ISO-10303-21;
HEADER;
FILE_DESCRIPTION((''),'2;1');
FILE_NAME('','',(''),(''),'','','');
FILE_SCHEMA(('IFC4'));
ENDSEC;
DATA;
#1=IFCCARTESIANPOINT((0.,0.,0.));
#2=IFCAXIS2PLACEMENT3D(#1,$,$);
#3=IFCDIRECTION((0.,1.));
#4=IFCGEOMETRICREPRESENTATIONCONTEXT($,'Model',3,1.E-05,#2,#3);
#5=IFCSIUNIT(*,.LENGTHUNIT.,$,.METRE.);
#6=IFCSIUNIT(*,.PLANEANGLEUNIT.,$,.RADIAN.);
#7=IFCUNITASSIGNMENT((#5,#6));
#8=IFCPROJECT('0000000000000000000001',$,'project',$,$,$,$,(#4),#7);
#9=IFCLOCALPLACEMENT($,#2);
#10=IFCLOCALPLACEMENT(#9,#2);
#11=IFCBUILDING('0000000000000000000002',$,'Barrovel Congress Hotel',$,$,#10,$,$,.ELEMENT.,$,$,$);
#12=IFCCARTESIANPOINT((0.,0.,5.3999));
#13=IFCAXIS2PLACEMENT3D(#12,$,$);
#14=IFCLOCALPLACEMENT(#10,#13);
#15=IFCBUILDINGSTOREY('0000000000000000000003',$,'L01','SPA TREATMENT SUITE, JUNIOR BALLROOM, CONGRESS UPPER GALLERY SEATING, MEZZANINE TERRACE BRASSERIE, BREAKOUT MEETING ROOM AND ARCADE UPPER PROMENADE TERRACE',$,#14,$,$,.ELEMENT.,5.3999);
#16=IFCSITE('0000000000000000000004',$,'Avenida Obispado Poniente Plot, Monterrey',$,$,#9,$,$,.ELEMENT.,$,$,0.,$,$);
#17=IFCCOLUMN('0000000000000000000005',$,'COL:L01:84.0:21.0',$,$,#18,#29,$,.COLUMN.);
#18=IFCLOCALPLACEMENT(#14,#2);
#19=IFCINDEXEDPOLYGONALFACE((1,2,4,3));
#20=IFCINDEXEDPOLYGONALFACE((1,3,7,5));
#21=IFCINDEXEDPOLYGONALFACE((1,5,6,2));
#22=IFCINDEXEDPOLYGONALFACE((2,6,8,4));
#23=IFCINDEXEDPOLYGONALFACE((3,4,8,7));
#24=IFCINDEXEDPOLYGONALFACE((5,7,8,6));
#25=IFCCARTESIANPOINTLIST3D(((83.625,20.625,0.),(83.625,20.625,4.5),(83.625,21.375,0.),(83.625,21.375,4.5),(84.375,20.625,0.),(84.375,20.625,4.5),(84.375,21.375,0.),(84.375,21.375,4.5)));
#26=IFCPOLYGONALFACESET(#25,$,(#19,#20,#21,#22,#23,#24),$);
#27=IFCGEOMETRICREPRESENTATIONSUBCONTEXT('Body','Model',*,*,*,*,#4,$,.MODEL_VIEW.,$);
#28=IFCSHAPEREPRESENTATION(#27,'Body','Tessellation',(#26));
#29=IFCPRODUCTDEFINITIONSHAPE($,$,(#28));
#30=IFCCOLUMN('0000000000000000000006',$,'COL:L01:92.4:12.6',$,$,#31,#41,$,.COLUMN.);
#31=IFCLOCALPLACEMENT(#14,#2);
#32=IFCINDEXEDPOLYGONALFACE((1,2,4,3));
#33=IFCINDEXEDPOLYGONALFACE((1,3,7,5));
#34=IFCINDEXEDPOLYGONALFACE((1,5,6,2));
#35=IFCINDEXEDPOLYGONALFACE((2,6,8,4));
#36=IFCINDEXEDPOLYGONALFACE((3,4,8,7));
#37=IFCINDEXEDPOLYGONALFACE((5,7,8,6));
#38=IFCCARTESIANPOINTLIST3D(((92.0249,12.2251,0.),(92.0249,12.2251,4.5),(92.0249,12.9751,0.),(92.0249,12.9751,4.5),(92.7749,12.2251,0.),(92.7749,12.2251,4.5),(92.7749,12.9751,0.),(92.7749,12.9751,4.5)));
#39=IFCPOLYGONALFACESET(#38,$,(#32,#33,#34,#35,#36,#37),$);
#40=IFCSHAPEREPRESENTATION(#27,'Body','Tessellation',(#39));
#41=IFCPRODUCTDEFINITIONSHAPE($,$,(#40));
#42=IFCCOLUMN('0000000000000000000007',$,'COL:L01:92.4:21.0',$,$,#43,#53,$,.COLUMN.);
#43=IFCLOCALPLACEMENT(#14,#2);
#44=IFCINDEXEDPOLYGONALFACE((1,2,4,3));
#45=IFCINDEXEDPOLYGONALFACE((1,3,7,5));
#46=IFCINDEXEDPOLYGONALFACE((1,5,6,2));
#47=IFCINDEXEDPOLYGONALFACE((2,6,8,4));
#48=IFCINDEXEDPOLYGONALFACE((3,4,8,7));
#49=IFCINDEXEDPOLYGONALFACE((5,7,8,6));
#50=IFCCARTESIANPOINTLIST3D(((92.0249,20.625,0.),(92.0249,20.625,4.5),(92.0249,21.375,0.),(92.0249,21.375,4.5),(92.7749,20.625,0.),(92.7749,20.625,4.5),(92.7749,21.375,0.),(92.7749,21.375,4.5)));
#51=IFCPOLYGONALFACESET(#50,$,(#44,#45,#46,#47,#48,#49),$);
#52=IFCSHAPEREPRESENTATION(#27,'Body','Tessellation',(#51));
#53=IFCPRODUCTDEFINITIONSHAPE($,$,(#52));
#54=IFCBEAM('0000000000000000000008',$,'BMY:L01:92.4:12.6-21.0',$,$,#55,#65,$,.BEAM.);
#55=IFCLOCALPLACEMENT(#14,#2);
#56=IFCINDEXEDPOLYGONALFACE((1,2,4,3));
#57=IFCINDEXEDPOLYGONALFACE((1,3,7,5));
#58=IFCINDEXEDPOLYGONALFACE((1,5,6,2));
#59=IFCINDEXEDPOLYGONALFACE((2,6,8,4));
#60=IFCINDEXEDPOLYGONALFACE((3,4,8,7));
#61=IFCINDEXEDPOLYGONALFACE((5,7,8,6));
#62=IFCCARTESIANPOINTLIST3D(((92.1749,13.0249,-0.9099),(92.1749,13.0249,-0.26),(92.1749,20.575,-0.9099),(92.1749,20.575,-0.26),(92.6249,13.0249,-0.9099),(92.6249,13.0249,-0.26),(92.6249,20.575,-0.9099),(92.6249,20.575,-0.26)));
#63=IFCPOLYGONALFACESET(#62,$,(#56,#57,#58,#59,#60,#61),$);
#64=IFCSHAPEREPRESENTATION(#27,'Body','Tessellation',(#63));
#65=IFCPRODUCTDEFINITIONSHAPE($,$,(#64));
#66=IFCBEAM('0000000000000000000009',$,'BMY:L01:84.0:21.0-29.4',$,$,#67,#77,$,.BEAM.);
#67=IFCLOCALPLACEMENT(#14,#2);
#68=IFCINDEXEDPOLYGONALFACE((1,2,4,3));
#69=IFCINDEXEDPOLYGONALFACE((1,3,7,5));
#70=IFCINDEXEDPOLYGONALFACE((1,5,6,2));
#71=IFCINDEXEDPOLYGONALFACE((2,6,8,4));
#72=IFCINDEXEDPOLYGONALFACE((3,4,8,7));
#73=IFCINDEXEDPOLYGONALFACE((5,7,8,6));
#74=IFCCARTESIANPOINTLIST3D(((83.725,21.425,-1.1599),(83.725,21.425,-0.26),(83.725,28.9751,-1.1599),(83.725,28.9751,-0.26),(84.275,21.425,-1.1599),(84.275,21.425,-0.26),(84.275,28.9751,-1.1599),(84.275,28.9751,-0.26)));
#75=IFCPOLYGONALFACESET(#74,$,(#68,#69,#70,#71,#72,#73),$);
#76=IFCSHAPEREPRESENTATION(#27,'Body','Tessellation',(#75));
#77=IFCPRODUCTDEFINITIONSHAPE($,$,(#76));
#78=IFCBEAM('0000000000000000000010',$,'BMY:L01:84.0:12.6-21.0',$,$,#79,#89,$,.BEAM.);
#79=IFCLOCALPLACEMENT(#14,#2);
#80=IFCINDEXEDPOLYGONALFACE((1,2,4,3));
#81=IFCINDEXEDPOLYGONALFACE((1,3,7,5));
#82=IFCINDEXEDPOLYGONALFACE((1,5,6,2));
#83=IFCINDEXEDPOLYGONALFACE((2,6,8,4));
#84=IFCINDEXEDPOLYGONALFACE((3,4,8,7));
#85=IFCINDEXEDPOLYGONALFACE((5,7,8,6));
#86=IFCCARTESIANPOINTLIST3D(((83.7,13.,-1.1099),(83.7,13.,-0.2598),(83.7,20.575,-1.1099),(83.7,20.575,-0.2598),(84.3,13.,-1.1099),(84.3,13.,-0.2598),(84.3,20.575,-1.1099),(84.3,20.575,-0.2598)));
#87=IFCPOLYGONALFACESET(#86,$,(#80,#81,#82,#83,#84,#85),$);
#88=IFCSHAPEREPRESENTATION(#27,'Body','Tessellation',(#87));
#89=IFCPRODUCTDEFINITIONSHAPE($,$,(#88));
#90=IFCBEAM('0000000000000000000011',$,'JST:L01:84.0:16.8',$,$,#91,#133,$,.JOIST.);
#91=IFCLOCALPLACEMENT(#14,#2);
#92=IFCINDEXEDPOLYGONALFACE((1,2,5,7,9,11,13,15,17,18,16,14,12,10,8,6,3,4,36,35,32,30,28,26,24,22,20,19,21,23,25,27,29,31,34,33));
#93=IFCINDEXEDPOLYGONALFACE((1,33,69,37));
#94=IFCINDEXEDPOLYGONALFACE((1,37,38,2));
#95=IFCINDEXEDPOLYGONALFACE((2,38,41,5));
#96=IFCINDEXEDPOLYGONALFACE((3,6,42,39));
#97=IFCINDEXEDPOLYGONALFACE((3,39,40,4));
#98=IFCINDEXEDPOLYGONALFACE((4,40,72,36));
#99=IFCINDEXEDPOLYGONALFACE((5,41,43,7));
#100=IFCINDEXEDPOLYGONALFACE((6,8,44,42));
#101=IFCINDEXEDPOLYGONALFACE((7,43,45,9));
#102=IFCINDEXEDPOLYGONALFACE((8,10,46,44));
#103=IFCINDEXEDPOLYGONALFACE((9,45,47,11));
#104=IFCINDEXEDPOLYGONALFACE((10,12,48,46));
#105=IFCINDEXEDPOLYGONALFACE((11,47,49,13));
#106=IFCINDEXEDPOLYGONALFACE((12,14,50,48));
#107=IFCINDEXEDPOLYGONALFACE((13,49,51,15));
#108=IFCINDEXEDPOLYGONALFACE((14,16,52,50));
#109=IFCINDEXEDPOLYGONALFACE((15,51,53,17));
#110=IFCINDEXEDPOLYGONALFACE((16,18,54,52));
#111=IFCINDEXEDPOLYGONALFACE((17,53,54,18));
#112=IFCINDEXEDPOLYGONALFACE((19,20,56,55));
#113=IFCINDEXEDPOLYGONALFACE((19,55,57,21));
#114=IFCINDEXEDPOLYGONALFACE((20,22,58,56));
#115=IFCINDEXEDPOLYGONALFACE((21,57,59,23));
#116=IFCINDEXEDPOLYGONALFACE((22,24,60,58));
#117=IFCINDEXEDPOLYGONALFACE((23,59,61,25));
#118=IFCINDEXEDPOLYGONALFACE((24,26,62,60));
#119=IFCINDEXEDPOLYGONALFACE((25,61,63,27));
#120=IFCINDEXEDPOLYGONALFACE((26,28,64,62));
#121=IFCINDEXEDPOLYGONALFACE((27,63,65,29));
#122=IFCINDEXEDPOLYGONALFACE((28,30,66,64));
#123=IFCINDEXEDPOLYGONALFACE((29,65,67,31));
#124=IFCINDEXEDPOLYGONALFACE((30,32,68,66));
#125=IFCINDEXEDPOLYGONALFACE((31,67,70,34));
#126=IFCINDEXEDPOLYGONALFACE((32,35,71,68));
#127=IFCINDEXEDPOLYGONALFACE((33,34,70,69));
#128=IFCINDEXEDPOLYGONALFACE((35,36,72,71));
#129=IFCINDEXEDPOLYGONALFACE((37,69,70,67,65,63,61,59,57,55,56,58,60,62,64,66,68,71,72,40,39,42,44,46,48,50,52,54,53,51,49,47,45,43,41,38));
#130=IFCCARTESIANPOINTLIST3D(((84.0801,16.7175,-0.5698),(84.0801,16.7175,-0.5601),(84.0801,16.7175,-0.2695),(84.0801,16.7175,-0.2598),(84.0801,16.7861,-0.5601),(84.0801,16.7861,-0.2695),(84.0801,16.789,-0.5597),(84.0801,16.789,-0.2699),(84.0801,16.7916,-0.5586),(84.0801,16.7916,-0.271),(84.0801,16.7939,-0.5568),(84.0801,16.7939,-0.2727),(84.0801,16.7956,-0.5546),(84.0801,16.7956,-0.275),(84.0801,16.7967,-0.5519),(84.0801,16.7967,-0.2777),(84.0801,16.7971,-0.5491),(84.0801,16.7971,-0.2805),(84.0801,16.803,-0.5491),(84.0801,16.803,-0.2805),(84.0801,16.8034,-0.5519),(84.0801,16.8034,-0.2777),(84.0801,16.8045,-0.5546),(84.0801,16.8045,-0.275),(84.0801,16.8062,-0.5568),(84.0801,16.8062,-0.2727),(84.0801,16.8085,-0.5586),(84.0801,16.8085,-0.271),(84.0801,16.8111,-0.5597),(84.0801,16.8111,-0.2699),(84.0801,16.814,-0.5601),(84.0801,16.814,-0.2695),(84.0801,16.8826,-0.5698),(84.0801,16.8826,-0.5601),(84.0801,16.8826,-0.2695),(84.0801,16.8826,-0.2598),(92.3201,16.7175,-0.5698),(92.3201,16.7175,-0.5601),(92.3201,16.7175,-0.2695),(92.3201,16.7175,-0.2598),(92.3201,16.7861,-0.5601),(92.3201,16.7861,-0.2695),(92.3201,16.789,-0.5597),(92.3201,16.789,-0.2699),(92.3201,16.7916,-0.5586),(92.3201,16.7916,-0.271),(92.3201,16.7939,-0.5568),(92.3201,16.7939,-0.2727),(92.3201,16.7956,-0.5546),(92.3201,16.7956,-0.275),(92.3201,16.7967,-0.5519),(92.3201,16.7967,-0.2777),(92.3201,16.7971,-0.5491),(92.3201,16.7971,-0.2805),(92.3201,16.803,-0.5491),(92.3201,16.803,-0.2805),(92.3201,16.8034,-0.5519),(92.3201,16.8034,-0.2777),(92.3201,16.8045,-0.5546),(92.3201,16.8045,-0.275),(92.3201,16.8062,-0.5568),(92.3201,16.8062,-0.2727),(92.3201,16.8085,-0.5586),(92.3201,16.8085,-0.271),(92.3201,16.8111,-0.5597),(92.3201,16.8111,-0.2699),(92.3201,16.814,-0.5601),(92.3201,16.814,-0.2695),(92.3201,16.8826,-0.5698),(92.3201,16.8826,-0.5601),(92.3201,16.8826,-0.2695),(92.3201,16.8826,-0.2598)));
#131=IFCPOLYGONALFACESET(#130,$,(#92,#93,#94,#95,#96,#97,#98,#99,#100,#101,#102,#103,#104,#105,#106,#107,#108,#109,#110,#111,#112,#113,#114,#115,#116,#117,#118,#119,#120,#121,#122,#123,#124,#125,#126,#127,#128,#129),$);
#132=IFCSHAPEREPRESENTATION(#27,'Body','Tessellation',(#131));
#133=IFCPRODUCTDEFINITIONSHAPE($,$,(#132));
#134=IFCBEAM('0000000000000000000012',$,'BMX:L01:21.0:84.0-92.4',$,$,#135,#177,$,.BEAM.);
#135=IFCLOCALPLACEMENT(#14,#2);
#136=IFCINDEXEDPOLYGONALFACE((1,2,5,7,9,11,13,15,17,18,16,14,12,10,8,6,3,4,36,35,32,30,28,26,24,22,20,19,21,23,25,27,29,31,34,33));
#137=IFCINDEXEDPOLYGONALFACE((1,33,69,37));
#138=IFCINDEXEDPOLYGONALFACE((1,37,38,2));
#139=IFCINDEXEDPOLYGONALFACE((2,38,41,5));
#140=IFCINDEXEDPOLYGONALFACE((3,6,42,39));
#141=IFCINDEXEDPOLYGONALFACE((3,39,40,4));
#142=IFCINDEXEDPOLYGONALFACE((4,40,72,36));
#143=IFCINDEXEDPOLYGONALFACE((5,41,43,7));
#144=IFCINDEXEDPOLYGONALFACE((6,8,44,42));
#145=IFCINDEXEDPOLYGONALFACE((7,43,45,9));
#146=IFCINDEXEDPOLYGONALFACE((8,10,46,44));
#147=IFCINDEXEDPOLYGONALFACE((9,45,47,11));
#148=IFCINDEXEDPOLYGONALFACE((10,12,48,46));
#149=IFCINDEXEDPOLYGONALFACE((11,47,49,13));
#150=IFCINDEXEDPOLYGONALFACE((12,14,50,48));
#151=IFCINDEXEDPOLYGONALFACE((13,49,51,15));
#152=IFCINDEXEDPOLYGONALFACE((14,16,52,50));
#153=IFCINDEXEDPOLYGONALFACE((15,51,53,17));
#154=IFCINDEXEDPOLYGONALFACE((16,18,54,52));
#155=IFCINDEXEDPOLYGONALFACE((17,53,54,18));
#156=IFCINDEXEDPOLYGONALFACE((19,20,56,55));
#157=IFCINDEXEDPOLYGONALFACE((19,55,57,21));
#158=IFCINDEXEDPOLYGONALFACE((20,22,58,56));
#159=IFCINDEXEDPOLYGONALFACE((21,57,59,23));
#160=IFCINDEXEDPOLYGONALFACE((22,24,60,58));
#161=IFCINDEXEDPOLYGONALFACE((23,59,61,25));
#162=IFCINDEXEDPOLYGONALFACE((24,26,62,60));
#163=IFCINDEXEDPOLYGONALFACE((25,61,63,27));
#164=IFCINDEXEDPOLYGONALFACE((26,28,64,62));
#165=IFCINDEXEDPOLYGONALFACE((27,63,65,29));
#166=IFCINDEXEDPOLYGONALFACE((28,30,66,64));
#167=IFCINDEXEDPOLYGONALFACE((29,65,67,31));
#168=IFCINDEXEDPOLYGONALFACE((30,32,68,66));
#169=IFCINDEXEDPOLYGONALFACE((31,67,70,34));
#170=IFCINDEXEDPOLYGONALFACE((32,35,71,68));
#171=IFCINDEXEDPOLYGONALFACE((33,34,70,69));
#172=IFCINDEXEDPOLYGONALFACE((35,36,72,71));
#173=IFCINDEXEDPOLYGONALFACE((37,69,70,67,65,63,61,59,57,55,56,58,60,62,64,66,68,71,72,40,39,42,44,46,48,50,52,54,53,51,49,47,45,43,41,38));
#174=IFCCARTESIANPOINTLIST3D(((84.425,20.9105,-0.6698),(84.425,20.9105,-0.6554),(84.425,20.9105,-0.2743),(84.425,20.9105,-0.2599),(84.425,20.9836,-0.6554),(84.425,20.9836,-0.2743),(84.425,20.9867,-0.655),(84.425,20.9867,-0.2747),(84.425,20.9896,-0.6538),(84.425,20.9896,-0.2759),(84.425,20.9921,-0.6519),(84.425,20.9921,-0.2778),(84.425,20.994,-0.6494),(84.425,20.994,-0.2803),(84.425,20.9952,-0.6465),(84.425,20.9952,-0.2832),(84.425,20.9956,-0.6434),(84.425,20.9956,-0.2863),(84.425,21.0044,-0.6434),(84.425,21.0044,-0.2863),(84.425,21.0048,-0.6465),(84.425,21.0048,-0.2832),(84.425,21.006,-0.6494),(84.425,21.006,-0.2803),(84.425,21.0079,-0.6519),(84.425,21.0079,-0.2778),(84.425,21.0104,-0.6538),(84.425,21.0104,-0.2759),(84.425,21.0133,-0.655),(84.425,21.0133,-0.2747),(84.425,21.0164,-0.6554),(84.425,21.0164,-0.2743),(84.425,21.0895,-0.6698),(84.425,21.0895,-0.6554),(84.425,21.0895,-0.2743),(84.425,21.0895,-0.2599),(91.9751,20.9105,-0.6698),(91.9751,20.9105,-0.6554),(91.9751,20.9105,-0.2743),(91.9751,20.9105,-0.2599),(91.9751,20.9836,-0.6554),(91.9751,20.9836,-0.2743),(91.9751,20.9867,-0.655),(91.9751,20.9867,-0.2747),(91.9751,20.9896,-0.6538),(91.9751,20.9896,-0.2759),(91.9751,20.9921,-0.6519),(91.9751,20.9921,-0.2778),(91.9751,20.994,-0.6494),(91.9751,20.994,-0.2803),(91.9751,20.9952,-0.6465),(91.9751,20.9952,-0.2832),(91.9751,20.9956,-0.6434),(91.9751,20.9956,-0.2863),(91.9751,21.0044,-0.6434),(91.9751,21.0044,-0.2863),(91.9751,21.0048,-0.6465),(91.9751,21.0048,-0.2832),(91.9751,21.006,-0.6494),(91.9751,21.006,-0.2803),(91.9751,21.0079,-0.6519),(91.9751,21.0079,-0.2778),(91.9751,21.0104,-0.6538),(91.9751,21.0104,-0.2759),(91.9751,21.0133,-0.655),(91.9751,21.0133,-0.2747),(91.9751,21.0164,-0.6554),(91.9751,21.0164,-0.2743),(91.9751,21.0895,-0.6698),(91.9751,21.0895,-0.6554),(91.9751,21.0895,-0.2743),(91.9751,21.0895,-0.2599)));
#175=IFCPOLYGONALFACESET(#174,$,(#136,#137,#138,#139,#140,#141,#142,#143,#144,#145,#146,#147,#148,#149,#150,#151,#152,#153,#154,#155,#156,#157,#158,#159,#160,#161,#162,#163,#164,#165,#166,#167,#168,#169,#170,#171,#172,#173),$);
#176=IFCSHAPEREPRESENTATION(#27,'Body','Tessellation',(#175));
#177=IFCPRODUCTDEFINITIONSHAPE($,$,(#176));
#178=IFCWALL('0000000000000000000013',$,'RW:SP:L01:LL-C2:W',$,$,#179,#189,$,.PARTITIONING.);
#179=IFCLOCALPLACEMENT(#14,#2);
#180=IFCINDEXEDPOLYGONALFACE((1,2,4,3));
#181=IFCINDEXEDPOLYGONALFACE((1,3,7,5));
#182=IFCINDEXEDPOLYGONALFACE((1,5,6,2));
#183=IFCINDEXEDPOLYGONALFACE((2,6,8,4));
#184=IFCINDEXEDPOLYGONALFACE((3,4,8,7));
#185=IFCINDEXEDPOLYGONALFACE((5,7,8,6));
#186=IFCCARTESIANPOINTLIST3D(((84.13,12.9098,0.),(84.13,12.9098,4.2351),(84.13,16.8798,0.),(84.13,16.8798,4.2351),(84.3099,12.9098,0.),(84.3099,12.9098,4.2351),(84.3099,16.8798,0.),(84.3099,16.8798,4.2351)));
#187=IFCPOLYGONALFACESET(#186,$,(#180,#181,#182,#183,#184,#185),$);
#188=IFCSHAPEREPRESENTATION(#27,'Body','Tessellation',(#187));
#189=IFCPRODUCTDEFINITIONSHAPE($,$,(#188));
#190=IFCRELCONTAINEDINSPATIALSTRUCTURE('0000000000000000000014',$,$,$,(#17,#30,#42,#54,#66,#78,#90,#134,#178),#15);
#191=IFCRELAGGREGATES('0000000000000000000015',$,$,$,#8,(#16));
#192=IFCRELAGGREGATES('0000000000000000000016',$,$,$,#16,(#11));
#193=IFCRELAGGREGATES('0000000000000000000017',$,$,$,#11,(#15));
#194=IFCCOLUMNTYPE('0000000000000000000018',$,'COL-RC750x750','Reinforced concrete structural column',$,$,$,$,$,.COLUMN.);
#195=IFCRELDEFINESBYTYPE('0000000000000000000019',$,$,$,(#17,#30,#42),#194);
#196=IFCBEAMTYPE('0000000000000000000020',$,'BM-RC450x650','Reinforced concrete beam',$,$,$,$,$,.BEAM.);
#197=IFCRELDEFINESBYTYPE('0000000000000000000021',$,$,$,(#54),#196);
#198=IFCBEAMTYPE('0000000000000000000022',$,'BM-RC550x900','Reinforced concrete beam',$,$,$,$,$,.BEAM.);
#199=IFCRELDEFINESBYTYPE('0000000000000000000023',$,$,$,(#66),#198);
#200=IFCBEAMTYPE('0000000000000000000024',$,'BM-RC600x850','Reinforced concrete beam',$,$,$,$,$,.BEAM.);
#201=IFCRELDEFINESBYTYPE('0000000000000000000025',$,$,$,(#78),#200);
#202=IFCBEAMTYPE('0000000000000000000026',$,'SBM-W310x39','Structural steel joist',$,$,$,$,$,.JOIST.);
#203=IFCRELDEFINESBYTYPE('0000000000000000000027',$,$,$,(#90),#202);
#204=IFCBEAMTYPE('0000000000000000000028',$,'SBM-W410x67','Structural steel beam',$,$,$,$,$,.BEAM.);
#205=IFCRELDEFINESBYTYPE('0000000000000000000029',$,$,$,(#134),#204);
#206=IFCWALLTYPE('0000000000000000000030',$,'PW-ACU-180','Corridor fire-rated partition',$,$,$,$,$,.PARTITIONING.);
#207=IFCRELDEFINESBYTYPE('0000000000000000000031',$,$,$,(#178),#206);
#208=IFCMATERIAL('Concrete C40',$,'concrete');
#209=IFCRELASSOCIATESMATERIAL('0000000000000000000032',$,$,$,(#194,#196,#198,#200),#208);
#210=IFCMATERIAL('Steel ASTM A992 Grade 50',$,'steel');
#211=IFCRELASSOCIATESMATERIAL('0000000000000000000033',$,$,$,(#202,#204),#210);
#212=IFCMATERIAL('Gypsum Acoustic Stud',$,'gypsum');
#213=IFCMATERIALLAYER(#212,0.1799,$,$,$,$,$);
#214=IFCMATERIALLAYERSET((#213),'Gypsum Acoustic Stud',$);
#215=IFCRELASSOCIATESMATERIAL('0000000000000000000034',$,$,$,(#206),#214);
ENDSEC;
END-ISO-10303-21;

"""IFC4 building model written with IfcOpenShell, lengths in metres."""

from ifc_helpers import new_model, si_unit, direction, frame, frame_2d, origin, origin_2d, place, context, subcontext, project, spatial, rectangle, i_section, extrude, material, layer, layer_set, material_profile, profile_set, type_object, element, save


model = new_model("IFC4")

# Units and contexts
model_context = context("Model", 3, precision=1e-05, world=origin(), true_north=direction((0.0, 1.0)))
body_context = subcontext(model_context, "Body", "Model", "MODEL_VIEW")
ifc_project = project(units=[si_unit("LENGTHUNIT", "METRE"), si_unit("PLANEANGLEUNIT", "RADIAN")], contexts=[model_context])

# Site, building, storey
site_placement = place(None, origin())
site = spatial("IfcSite", under=ifc_project, at=site_placement, Name="Avenida Obispado Poniente Plot, Monterrey", CompositionType="ELEMENT", RefElevation=0.0)
building_placement = place(site_placement, origin())
building = spatial("IfcBuilding", under=site, at=building_placement, Name="Barrovel Congress Hotel", CompositionType="ELEMENT")
storey_placement = place(building_placement, frame((0.0, 0.0, 5.3999)))
storey = spatial("IfcBuildingStorey", under=building, at=storey_placement, Name="L01", Description="SPA TREATMENT SUITE, JUNIOR BALLROOM, CONGRESS UPPER GALLERY SEATING, MEZZANINE TERRACE BRASSERIE, BREAKOUT MEETING ROOM AND ARCADE UPPER PROMENADE TERRACE", CompositionType="ELEMENT", Elevation=5.3999)

# Columns
ifc_material_1 = material(Name="Concrete C40", Category="concrete")
ifc_material_profile_1 = material_profile(ifc_material_1, rectangle(XDim=0.75, YDim=0.75, at=origin_2d()), Name="RC750x750")
ifc_profile_set_1 = profile_set([ifc_material_profile_1], Name="Concrete C40")
column_type = type_object("IfcColumnType", Name="COL-RC750x750", Description="Reinforced concrete structural column", PredefinedType="COLUMN", material=ifc_profile_set_1)
for number, where, z_axis, x_axis, name in (
    (1, (84.0, 21.0, 0.0), (0.0, 0.0, 1.0), (1.0, 0.0, 0.0), "COL:L01:84.0:21.0"),
    (2, (92.3999, 12.6001, 0.0), (0.0, 0.0, 1.0), (1.0, 0.0, 0.0), "COL:L01:92.4:12.6"),
    (3, (92.3999, 21.0, 0.0), (0.0, 0.0, 1.0), (1.0, 0.0, 0.0), "COL:L01:92.4:21.0"),
):
    element("IfcColumn", number, at=place(storey_placement, frame(where, z_axis=z_axis, x_axis=x_axis)), inside=storey, type_object=column_type, Name=name, PredefinedType="COLUMN", context=body_context, shape_type="SweptSolid", body=[
        extrude(rectangle(XDim=0.75, YDim=0.75, at=origin_2d()), origin(), (0.0, 0.0, 1.0), 4.5),
    ])

# Beams
ifc_material_profile_2 = material_profile(ifc_material_1, rectangle(XDim=0.45, YDim=0.6499, at=origin_2d()), Name="RC450x650")
ifc_profile_set_2 = profile_set([ifc_material_profile_2], Name="Concrete C40")
beam_type_1 = type_object("IfcBeamType", Name="BM-RC450x650", Description="Reinforced concrete beam", PredefinedType="BEAM", material=ifc_profile_set_2)
beam_1_placement = place(storey_placement, frame((92.3999, 13.0249, -0.585), z_axis=(0.0, 1.0, 0.0), x_axis=(-1.0, 0.0, 0.0)))
element("IfcBeam", 4, at=beam_1_placement, inside=storey, type_object=beam_type_1, Name="BMY:L01:92.4:12.6-21.0", PredefinedType="BEAM", context=body_context, shape_type="SweptSolid", body=[
    extrude(rectangle(XDim=0.45, YDim=0.6499, at=origin_2d()), origin(), (0.0, 0.0, 1.0), 7.55),
])
ifc_material_profile_3 = material_profile(ifc_material_1, rectangle(XDim=0.55, YDim=0.8999, at=origin_2d()), Name="RC550x900")
ifc_profile_set_3 = profile_set([ifc_material_profile_3], Name="Concrete C40")
beam_type_2 = type_object("IfcBeamType", Name="BM-RC550x900", Description="Reinforced concrete beam", PredefinedType="BEAM", material=ifc_profile_set_3)
beam_2_placement = place(storey_placement, frame((84.0, 21.425, -0.71), z_axis=(0.0, 1.0, 0.0), x_axis=(-1.0, 0.0, 0.0)))
element("IfcBeam", 5, at=beam_2_placement, inside=storey, type_object=beam_type_2, Name="BMY:L01:84.0:21.0-29.4", PredefinedType="BEAM", context=body_context, shape_type="SweptSolid", body=[
    extrude(rectangle(XDim=0.55, YDim=0.8999, at=origin_2d()), origin(), (0.0, 0.0, 1.0), 7.55),
])
ifc_material_profile_4 = material_profile(ifc_material_1, rectangle(XDim=0.6001, YDim=0.8501, at=origin_2d()), Name="RC600x850")
ifc_profile_set_4 = profile_set([ifc_material_profile_4], Name="Concrete C40")
beam_type_3 = type_object("IfcBeamType", Name="BM-RC600x850", Description="Reinforced concrete beam", PredefinedType="BEAM", material=ifc_profile_set_4)
beam_3_placement = place(storey_placement, frame((84.0, 13.0, -0.6848), z_axis=(0.0, 1.0, 0.0), x_axis=(-1.0, 0.0, 0.0)))
element("IfcBeam", 6, at=beam_3_placement, inside=storey, type_object=beam_type_3, Name="BMY:L01:84.0:12.6-21.0", PredefinedType="BEAM", context=body_context, shape_type="SweptSolid", body=[
    extrude(rectangle(XDim=0.6001, YDim=0.8501, at=origin_2d()), origin(), (0.0, 0.0, 1.0), 7.575),
])
ifc_material_2 = material(Name="Steel ASTM A992 Grade 50", Category="steel")
ifc_material_profile_5 = material_profile(ifc_material_2, i_section(OverallWidth=0.165, OverallDepth=0.3101, WebThickness=0.0059, FlangeThickness=0.0098, FilletRadius=0.011, at=origin_2d()), Name="W310x39")
ifc_profile_set_5 = profile_set([ifc_material_profile_5], Name="Steel ASTM A992 Grade 50")
beam_type_4 = type_object("IfcBeamType", Name="SBM-W310x39", Description="Structural steel joist", PredefinedType="JOIST", material=ifc_profile_set_5)
beam_4_placement = place(storey_placement, frame((84.0801, 16.8, -0.4148), z_axis=(1.0, 0.0, 0.0), x_axis=(0.0, 1.0, 0.0)))
element("IfcBeam", 7, at=beam_4_placement, inside=storey, type_object=beam_type_4, Name="JST:L01:84.0:16.8", PredefinedType="JOIST", context=body_context, shape_type="SweptSolid", body=[
    extrude(i_section(OverallWidth=0.165, OverallDepth=0.3101, WebThickness=0.0059, FlangeThickness=0.0098, FilletRadius=0.011, at=origin_2d()), origin(), (0.0, 0.0, 1.0), 8.24),
])
ifc_material_profile_6 = material_profile(ifc_material_2, i_section(OverallWidth=0.179, OverallDepth=0.4099, WebThickness=0.0088, FlangeThickness=0.0144, FilletRadius=0.012, at=origin_2d()), Name="W410x67")
ifc_profile_set_6 = profile_set([ifc_material_profile_6], Name="Steel ASTM A992 Grade 50")
beam_type_5 = type_object("IfcBeamType", Name="SBM-W410x67", Description="Structural steel beam", PredefinedType="BEAM", material=ifc_profile_set_6)
beam_5_placement = place(storey_placement, frame((84.425, 21.0, -0.4648), z_axis=(1.0, 0.0, 0.0), x_axis=(0.0, 1.0, 0.0)))
element("IfcBeam", 8, at=beam_5_placement, inside=storey, type_object=beam_type_5, Name="BMX:L01:21.0:84.0-92.4", PredefinedType="BEAM", context=body_context, shape_type="SweptSolid", body=[
    extrude(i_section(OverallWidth=0.179, OverallDepth=0.4099, WebThickness=0.0088, FlangeThickness=0.0144, FilletRadius=0.012, at=origin_2d()), origin(), (0.0, 0.0, 1.0), 7.55),
])

# Shared definitions
ifc_material_3 = material(Name="Gypsum Acoustic Stud", Category="gypsum")
ifc_layer_1 = layer(ifc_material_3, 0.1799)
ifc_layer_set_1 = layer_set([ifc_layer_1], Name="Gypsum Acoustic Stud")
wall_type_1 = type_object("IfcWallType", Name="PW-ACU-180", Description="Corridor fire-rated partition", PredefinedType="PARTITIONING", material=ifc_layer_set_1)

# Wall
wall_1_placement = place(storey_placement, frame((84.22, 12.9099, 0.0), z_axis=(0.0, 0.0, 1.0), x_axis=(0.0, 1.0, 0.0)))
element("IfcWall", 9, at=wall_1_placement, inside=storey, type_object=wall_type_1, Name="RW:SP:L01:LL-C2:W", PredefinedType="PARTITIONING", context=body_context, shape_type="SweptSolid", body=[
    extrude(rectangle(XDim=3.97, YDim=0.1799, at=frame_2d((1.9849, 0.0))), origin(), (0.0, 0.0, 1.0), 4.2351),
])

save(model, "model.ifc")
